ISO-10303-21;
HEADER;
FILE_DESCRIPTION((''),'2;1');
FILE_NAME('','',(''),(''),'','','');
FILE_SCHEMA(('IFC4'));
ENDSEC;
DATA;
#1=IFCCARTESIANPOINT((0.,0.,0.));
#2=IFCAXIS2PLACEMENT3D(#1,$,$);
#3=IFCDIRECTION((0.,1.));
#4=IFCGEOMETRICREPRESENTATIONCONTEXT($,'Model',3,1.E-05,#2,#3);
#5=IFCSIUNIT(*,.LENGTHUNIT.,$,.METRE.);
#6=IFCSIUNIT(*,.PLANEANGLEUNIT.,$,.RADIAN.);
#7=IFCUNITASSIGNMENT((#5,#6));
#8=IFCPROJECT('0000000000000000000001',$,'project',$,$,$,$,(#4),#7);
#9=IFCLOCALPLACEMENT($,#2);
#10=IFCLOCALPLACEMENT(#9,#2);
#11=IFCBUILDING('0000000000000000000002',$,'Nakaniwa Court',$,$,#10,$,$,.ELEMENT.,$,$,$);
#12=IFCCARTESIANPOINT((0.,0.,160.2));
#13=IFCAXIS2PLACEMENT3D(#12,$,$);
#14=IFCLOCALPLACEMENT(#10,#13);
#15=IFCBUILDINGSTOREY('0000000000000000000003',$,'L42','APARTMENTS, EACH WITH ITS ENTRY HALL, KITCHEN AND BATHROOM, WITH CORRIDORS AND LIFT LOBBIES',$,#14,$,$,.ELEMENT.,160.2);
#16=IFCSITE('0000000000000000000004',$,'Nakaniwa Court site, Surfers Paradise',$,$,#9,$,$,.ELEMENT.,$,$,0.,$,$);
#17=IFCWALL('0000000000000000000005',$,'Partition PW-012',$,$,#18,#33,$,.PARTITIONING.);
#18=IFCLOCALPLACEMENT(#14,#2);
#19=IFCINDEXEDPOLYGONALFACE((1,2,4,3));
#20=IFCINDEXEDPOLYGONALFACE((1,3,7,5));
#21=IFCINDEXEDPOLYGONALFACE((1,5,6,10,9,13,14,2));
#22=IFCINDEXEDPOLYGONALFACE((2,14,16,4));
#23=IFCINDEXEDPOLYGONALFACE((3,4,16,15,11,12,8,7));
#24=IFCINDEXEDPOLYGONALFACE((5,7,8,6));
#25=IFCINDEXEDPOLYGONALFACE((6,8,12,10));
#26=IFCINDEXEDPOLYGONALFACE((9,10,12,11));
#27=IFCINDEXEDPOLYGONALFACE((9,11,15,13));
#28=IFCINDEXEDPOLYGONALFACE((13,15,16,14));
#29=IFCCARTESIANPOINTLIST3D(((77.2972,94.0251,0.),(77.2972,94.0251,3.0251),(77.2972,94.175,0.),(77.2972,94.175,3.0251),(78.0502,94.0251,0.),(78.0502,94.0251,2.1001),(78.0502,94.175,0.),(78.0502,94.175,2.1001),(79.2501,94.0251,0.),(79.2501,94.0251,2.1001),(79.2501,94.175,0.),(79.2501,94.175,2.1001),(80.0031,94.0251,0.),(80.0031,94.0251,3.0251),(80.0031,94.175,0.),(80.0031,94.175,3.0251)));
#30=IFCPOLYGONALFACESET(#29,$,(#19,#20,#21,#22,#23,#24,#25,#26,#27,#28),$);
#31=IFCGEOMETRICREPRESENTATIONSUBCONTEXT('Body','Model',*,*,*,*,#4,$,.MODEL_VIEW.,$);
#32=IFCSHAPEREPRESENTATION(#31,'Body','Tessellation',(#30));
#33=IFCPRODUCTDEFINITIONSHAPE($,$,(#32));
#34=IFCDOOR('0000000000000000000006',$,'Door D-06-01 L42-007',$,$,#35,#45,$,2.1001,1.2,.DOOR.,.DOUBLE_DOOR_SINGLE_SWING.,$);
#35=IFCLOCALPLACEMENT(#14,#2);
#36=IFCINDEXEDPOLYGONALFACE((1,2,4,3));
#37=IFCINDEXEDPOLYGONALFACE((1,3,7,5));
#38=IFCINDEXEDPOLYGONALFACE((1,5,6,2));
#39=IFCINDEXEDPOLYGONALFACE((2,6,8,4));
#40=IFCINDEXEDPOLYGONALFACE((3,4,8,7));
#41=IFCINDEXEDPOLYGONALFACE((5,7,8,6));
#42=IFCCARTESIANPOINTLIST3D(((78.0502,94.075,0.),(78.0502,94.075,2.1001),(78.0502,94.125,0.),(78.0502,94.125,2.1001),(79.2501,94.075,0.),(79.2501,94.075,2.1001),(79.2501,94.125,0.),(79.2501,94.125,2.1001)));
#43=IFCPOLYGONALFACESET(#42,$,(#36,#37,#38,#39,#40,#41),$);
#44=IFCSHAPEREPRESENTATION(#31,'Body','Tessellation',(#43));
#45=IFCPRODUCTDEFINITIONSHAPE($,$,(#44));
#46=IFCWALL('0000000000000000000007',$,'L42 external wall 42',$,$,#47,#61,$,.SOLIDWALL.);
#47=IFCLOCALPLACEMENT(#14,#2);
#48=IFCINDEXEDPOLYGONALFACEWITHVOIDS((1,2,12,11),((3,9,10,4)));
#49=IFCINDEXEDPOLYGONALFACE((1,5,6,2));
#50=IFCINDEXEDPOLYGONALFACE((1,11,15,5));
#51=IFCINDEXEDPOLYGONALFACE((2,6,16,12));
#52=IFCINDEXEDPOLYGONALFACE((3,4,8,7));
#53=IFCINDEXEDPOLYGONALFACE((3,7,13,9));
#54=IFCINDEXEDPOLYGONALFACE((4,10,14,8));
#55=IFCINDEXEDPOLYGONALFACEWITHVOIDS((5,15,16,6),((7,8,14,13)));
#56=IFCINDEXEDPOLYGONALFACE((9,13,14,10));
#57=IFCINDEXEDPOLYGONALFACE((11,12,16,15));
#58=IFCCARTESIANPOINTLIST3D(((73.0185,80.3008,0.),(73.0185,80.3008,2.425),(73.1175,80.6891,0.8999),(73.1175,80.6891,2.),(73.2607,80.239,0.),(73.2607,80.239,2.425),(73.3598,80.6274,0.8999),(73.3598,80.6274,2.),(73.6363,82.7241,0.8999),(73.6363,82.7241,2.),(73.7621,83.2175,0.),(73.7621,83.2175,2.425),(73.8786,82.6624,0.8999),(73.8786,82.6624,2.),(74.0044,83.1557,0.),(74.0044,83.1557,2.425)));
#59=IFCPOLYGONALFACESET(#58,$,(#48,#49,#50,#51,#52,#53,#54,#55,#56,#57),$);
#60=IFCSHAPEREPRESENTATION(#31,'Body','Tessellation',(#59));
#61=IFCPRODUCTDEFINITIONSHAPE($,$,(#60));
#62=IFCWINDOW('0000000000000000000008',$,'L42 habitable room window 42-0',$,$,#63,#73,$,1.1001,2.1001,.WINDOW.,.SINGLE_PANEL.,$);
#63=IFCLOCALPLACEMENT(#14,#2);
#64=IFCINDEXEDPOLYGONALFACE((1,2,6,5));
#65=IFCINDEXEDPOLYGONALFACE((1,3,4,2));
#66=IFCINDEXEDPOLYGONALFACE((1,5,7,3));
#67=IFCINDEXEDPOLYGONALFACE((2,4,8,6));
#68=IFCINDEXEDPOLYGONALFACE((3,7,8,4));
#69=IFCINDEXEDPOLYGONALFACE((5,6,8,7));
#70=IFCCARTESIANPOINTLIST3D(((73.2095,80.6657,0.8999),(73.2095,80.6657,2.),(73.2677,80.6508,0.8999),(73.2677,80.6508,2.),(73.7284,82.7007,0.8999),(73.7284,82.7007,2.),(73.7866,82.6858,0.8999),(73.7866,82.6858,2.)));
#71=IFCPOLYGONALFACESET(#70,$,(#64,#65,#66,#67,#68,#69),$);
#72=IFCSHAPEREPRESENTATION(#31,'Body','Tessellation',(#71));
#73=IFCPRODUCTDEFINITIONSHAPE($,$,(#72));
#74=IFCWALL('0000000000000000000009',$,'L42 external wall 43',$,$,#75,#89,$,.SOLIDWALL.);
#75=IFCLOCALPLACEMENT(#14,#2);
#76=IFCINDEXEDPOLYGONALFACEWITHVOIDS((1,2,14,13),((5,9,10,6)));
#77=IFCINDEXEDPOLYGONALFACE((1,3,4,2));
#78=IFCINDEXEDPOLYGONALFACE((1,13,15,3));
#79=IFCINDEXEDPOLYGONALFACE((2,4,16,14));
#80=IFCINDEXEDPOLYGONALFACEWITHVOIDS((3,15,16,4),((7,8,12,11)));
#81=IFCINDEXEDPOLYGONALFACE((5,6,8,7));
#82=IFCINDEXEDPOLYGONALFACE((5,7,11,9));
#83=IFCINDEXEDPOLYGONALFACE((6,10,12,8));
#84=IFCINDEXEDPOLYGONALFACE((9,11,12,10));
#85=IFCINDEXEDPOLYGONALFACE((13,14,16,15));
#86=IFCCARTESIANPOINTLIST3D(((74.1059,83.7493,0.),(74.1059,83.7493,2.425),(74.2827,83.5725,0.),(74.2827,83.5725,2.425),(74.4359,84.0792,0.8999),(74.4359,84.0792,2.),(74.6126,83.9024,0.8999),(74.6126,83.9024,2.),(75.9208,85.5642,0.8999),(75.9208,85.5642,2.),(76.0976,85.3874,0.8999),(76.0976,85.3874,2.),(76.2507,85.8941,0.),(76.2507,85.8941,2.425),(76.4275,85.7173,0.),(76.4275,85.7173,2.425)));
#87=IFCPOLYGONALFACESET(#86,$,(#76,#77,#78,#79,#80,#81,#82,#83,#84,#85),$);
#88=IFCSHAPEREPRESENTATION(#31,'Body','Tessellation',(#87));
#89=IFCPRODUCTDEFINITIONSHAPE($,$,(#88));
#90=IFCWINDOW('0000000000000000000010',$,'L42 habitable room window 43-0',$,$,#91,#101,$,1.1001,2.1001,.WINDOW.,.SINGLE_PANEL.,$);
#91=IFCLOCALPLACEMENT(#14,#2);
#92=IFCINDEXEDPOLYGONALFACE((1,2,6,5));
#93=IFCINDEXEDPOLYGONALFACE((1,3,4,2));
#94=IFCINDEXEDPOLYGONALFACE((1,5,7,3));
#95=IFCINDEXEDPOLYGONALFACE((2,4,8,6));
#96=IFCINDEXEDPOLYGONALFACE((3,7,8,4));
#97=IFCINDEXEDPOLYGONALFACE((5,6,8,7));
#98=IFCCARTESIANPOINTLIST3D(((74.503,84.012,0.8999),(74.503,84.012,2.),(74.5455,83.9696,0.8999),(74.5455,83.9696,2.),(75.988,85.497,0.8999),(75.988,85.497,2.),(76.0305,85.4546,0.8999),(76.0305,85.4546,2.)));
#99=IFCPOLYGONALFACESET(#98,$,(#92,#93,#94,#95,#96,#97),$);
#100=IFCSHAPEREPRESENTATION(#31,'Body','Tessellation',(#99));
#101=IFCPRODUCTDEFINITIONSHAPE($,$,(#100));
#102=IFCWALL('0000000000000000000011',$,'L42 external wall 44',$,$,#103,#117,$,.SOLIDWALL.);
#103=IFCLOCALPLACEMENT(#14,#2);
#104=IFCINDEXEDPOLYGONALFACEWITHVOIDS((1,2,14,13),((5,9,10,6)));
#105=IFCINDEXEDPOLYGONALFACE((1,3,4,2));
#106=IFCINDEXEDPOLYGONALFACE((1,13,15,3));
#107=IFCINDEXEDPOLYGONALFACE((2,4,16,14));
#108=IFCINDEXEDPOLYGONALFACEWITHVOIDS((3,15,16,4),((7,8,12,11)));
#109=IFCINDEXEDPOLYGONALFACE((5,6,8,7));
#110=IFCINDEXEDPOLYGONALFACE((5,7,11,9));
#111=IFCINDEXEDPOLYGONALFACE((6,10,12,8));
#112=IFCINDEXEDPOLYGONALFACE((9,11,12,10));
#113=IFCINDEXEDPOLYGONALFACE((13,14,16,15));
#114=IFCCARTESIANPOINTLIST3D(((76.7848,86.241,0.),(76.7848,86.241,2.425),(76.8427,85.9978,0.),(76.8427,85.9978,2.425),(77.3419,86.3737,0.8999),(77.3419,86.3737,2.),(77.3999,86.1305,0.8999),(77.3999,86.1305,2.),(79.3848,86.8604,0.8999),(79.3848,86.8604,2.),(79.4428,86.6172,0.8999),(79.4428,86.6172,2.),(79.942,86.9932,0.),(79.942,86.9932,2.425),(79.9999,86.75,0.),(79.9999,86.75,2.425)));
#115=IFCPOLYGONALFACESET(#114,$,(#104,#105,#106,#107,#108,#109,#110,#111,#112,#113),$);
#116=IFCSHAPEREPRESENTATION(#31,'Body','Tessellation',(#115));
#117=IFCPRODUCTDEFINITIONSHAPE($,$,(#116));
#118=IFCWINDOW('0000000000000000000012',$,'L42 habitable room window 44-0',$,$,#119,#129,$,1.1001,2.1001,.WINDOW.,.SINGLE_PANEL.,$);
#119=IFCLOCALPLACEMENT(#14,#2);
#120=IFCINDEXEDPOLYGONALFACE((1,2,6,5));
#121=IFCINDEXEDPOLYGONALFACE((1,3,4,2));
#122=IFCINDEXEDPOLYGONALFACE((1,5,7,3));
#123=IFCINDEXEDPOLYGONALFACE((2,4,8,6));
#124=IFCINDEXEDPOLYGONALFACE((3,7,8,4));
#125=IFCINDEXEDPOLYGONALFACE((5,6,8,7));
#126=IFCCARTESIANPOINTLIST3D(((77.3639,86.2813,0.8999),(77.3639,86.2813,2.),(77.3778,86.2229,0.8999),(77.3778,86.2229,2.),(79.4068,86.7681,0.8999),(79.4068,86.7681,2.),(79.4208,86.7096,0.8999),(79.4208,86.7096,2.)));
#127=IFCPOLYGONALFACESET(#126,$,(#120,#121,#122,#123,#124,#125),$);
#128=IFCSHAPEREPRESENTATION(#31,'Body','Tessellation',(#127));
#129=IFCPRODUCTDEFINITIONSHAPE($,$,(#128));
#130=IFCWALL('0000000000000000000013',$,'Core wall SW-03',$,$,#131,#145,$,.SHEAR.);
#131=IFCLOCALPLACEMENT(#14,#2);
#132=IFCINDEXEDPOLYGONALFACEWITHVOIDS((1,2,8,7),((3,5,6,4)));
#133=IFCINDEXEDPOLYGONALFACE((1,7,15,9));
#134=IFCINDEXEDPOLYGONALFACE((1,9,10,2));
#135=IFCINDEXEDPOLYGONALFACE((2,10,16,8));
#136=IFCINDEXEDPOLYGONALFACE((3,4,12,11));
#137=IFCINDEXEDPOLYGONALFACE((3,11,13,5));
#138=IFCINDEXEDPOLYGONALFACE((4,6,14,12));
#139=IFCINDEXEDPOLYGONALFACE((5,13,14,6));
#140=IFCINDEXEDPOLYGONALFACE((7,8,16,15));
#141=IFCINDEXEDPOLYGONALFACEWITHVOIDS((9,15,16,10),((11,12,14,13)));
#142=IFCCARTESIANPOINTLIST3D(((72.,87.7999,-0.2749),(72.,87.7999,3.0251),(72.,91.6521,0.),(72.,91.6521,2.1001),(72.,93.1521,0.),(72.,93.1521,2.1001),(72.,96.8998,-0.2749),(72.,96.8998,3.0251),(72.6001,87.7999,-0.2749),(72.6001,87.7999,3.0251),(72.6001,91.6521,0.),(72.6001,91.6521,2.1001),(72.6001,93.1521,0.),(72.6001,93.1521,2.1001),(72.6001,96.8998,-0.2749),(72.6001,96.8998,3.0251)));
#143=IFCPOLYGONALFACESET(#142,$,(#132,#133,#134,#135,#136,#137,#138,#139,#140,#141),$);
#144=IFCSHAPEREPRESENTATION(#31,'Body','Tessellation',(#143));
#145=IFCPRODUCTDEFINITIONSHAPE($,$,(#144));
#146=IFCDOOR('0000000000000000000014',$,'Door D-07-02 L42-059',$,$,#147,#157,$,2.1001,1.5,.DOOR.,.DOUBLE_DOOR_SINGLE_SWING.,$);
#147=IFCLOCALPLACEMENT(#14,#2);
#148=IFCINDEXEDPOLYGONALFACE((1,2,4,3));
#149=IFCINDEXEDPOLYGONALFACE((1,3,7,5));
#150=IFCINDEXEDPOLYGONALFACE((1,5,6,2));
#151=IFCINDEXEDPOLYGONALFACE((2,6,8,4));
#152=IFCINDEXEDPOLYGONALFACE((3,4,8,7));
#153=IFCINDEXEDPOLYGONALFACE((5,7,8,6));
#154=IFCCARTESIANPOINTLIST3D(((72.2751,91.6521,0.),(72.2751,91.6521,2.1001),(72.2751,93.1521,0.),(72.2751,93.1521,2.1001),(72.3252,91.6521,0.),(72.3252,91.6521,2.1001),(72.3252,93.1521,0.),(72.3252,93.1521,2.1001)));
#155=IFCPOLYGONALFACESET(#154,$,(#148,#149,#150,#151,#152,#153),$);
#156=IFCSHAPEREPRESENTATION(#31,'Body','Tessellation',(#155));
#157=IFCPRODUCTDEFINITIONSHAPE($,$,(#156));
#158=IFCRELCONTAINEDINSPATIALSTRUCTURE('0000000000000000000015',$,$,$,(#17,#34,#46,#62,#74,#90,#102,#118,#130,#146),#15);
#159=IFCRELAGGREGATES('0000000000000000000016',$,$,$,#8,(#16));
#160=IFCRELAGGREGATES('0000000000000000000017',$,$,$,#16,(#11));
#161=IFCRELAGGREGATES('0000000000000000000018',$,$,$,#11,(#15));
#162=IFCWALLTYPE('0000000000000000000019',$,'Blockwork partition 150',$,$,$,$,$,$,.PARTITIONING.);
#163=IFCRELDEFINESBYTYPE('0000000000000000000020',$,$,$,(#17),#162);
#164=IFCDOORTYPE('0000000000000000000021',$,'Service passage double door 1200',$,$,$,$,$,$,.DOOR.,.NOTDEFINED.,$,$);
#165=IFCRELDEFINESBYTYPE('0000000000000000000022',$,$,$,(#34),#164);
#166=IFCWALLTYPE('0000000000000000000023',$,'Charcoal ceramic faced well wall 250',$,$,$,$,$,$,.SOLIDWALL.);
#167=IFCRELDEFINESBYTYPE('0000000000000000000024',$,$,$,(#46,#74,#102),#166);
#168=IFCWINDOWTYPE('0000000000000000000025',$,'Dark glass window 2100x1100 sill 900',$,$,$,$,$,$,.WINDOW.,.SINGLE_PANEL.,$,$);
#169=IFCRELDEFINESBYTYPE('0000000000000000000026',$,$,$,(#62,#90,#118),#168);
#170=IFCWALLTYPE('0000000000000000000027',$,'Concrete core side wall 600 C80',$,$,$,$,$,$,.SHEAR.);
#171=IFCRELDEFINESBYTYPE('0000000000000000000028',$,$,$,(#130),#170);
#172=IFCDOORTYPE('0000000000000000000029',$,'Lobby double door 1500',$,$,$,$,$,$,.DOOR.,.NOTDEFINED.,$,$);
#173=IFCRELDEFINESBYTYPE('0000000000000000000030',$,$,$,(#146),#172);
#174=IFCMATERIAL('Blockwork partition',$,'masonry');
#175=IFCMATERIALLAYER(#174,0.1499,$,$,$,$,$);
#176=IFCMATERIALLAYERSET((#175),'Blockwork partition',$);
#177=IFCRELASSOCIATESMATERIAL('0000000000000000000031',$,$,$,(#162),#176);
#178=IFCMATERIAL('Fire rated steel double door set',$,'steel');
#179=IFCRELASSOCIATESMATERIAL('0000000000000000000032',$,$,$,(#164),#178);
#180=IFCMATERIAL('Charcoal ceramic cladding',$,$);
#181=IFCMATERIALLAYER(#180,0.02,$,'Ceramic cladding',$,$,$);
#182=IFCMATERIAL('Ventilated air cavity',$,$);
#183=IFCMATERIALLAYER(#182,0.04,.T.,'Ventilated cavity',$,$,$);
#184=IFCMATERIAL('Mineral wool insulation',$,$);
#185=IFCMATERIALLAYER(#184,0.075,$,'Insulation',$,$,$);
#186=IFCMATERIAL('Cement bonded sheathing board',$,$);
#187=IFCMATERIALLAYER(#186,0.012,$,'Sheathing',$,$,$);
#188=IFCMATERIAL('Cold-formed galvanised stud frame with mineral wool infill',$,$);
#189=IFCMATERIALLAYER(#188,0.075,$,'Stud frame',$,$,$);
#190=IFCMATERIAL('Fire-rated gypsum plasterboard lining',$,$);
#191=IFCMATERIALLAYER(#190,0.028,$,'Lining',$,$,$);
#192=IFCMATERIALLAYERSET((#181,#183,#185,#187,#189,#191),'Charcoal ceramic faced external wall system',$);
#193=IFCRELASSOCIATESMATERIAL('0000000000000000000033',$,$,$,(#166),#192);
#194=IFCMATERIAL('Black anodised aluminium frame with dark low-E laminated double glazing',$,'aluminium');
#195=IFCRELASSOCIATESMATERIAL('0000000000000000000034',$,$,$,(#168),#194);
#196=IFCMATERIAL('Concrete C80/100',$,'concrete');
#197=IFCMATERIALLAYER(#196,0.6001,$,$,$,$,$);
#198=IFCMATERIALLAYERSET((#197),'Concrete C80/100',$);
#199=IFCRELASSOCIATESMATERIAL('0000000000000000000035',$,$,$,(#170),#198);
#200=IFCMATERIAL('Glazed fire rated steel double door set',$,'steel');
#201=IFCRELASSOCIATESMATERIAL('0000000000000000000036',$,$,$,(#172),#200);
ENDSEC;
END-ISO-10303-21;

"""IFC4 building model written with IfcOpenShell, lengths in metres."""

from ifc_helpers import new_model, si_unit, direction, frame, frame_2d, origin, place, context, subcontext, project, spatial, rectangle, extrude, material, layer, layer_set, type_object, element, fill, save


model = new_model("IFC4")

# Units and contexts
model_context = context("Model", 3, precision=1e-05, world=origin(), true_north=direction((0.0, 1.0)))
body_context = subcontext(model_context, "Body", "Model", "MODEL_VIEW")
ifc_project = project(units=[si_unit("LENGTHUNIT", "METRE"), si_unit("PLANEANGLEUNIT", "RADIAN")], contexts=[model_context])

# Site, building, storey
site_placement = place(None, origin())
site = spatial("IfcSite", under=ifc_project, at=site_placement, Name="Nakaniwa Court site, Surfers Paradise", CompositionType="ELEMENT", RefElevation=0.0)
building_placement = place(site_placement, origin())
building = spatial("IfcBuilding", under=site, at=building_placement, Name="Nakaniwa Court", CompositionType="ELEMENT")
storey_placement = place(building_placement, frame((0.0, 0.0, 160.2)))
storey = spatial("IfcBuildingStorey", under=building, at=storey_placement, Name="L42", Description="APARTMENTS, EACH WITH ITS ENTRY HALL, KITCHEN AND BATHROOM, WITH CORRIDORS AND LIFT LOBBIES", CompositionType="ELEMENT", Elevation=160.2)

# Shared definitions
ifc_material_1 = material(Name="Concrete C80/100", Category="concrete")

# Shared definitions
ifc_material_2 = material(Name="Blockwork partition", Category="masonry")
ifc_layer_1 = layer(ifc_material_2, 0.1499)
ifc_layer_set_1 = layer_set([ifc_layer_1], Name="Blockwork partition")
wall_type_1 = type_object("IfcWallType", Name="Blockwork partition 150", PredefinedType="PARTITIONING", material=ifc_layer_set_1)

# Wall, opening, door
wall_1_placement = place(storey_placement, frame((77.2971, 94.1001, 0.0), z_axis=(0.0, 0.0, 1.0), x_axis=(1.0, 0.0, 0.0)))
wall_1 = element("IfcWall", 1, at=wall_1_placement, inside=storey, type_object=wall_type_1, Name="Partition PW-012", PredefinedType="PARTITIONING", context=body_context, shape_type="SweptSolid", body=[
    extrude(rectangle(XDim=2.7058, YDim=0.1499, at=frame_2d((1.353, 0.0))), origin(), (0.0, 0.0, 1.0), 3.0251),
])
opening_1_placement = place(wall_1_placement, frame((0.7529, 0.0, 0.0)))
opening_1 = element("IfcOpeningElement", 2, at=opening_1_placement, cuts=wall_1, PredefinedType="OPENING", context=body_context, shape_type="SweptSolid", body=[
    extrude(rectangle(XDim=1.2, YDim=2.1001, at=frame_2d((0.6001, 1.05))), frame((0.0, 0.085, 0.0), z_axis=(0.0, -1.0, 0.0), x_axis=(1.0, 0.0, 0.0)), (0.0, 0.0, 1.0), 0.1699),
])
ifc_material_3 = material(Name="Fire rated steel double door set", Category="steel")
door_type_1 = type_object("IfcDoorType", Name="Service passage double door 1200", OperationType="NOTDEFINED", PredefinedType="DOOR", material=ifc_material_3)
door_1_placement = place(opening_1_placement, origin())
door_1 = element("IfcDoor", 3, at=door_1_placement, inside=storey, type_object=door_type_1, Name="Door D-06-01 L42-007", OperationType="DOUBLE_DOOR_SINGLE_SWING", OverallHeight=2.1001, OverallWidth=1.2, PredefinedType="DOOR", context=body_context, shape_type="SweptSolid", body=[
    extrude(rectangle(XDim=1.2, YDim=2.1001, at=frame_2d((0.6001, 1.05))), frame((0.0, 0.0249, 0.0), z_axis=(0.0, -1.0, 0.0), x_axis=(1.0, 0.0, 0.0)), (0.0, 0.0, 1.0), 0.05),
])
fill(opening_1, door_1)

# Walls, openings, windows
ifc_material_4 = material(Name="Charcoal ceramic cladding")
ifc_layer_2 = layer(ifc_material_4, 0.02, Name="Ceramic cladding")
ifc_material_5 = material(Name="Ventilated air cavity")
ifc_layer_3 = layer(ifc_material_5, 0.04, ventilated=True, Name="Ventilated cavity")
ifc_material_6 = material(Name="Mineral wool insulation")
ifc_layer_4 = layer(ifc_material_6, 0.075, Name="Insulation")
ifc_material_7 = material(Name="Cement bonded sheathing board")
ifc_layer_5 = layer(ifc_material_7, 0.012, Name="Sheathing")
ifc_material_8 = material(Name="Cold-formed galvanised stud frame with mineral wool infill")
ifc_layer_6 = layer(ifc_material_8, 0.075, Name="Stud frame")
ifc_material_9 = material(Name="Fire-rated gypsum plasterboard lining")
ifc_layer_7 = layer(ifc_material_9, 0.028, Name="Lining")
ifc_layer_set_2 = layer_set([ifc_layer_2, ifc_layer_3, ifc_layer_4, ifc_layer_5, ifc_layer_6, ifc_layer_7], Name="Charcoal ceramic faced external wall system")
wall_type_2 = type_object("IfcWallType", Name="Charcoal ceramic faced well wall 250", PredefinedType="SOLIDWALL", material=ifc_layer_set_2)
wall_2_placement = place(storey_placement, frame((73.1396, 80.27, 0.0), z_axis=(0.0, 0.0, 1.0), x_axis=(0.247056, 0.969001, 0.0)))
wall_2 = element("IfcWall", 4, at=wall_2_placement, inside=storey, type_object=wall_type_2, Name="L42 external wall 42", PredefinedType="SOLIDWALL", context=body_context, shape_type="SweptSolid", body=[
    extrude(rectangle(XDim=3.01, YDim=0.25, at=frame_2d((1.5049, 0.0))), origin(), (0.0, 0.0, 1.0), 2.425),
])
opening_2_placement = place(wall_2_placement, frame((0.4006, 0.0, 0.8999)))
opening_2 = element("IfcOpeningElement", 5, at=opening_2_placement, cuts=wall_2, PredefinedType="OPENING", context=body_context, shape_type="SweptSolid", body=[
    extrude(rectangle(XDim=2.1001, YDim=1.1001, at=frame_2d((1.05, 0.55))), frame((0.0, 0.135, 0.0), z_axis=(0.0, -1.0, 0.0), x_axis=(1.0, 0.0, 0.0)), (0.0, 0.0, 1.0), 0.27),
])
ifc_material_10 = material(Name="Black anodised aluminium frame with dark low-E laminated double glazing", Category="aluminium")
window_type = type_object("IfcWindowType", Name="Dark glass window 2100x1100 sill 900", PartitioningType="SINGLE_PANEL", PredefinedType="WINDOW", material=ifc_material_10)
window_1_placement = place(opening_2_placement, origin())
window_1 = element("IfcWindow", 6, at=window_1_placement, inside=storey, type_object=window_type, Name="L42 habitable room window 42-0", OverallHeight=1.1001, OverallWidth=2.1001, PartitioningType="SINGLE_PANEL", PredefinedType="WINDOW", context=body_context, shape_type="SweptSolid", body=[
    extrude(rectangle(XDim=2.1001, YDim=1.1001, at=frame_2d((1.05, 0.55))), frame((0.0, 0.03, 0.0), z_axis=(0.0, -1.0, 0.0), x_axis=(1.0, 0.0, 0.0)), (0.0, 0.0, 1.0), 0.0601),
])
fill(opening_2, window_1)
wall_3_placement = place(storey_placement, frame((74.1943, 83.6609, 0.0), z_axis=(0.0, 0.0, 1.0), x_axis=(0.707107, 0.707107, 0.0)))
wall_3 = element("IfcWall", 7, at=wall_3_placement, inside=storey, type_object=wall_type_2, Name="L42 external wall 43", PredefinedType="SOLIDWALL", context=body_context, shape_type="SweptSolid", body=[
    extrude(rectangle(XDim=3.0332, YDim=0.25, at=frame_2d((1.5166, 0.0))), origin(), (0.0, 0.0, 1.0), 2.425),
])
opening_3_placement = place(wall_3_placement, frame((0.4666, 0.0, 0.8999)))
opening_3 = element("IfcOpeningElement", 8, at=opening_3_placement, cuts=wall_3, PredefinedType="OPENING", context=body_context, shape_type="SweptSolid", body=[
    extrude(rectangle(XDim=2.1001, YDim=1.1001, at=frame_2d((1.05, 0.55))), frame((0.0, 0.135, 0.0), z_axis=(0.0, -1.0, 0.0), x_axis=(1.0, 0.0, 0.0)), (0.0, 0.0, 1.0), 0.27),
])
window_2_placement = place(opening_3_placement, origin())
window_2 = element("IfcWindow", 9, at=window_2_placement, inside=storey, type_object=window_type, Name="L42 habitable room window 43-0", OverallHeight=1.1001, OverallWidth=2.1001, PartitioningType="SINGLE_PANEL", PredefinedType="WINDOW", context=body_context, shape_type="SweptSolid", body=[
    extrude(rectangle(XDim=2.1001, YDim=1.1001, at=frame_2d((1.05, 0.55))), frame((0.0, 0.03, 0.0), z_axis=(0.0, -1.0, 0.0), x_axis=(1.0, 0.0, 0.0)), (0.0, 0.0, 1.0), 0.0601),
])
fill(opening_3, window_2)
wall_4_placement = place(storey_placement, frame((76.8137, 86.1194, 0.0), z_axis=(0.0, 0.0, 1.0), x_axis=(0.972773, 0.23176, 0.0)))
wall_4 = element("IfcWall", 10, at=wall_4_placement, inside=storey, type_object=wall_type_2, Name="L42 external wall 44", PredefinedType="SOLIDWALL", context=body_context, shape_type="SweptSolid", body=[
    extrude(rectangle(XDim=3.2456, YDim=0.25, at=frame_2d((1.6228, 0.0))), origin(), (0.0, 0.0, 1.0), 2.425),
])
opening_4_placement = place(wall_4_placement, frame((0.5728, 0.0, 0.8999)))
opening_4 = element("IfcOpeningElement", 11, at=opening_4_placement, cuts=wall_4, PredefinedType="OPENING", context=body_context, shape_type="SweptSolid", body=[
    extrude(rectangle(XDim=2.1001, YDim=1.1001, at=frame_2d((1.05, 0.55))), frame((0.0, 0.135, 0.0), z_axis=(0.0, -1.0, 0.0), x_axis=(1.0, 0.0, 0.0)), (0.0, 0.0, 1.0), 0.27),
])
window_3_placement = place(opening_4_placement, origin())
window_3 = element("IfcWindow", 12, at=window_3_placement, inside=storey, type_object=window_type, Name="L42 habitable room window 44-0", OverallHeight=1.1001, OverallWidth=2.1001, PartitioningType="SINGLE_PANEL", PredefinedType="WINDOW", context=body_context, shape_type="SweptSolid", body=[
    extrude(rectangle(XDim=2.1001, YDim=1.1001, at=frame_2d((1.05, 0.55))), frame((0.0, 0.03, 0.0), z_axis=(0.0, -1.0, 0.0), x_axis=(1.0, 0.0, 0.0)), (0.0, 0.0, 1.0), 0.0601),
])
fill(opening_4, window_3)

# Wall, opening, door
ifc_layer_8 = layer(ifc_material_1, 0.6001)
ifc_layer_set_3 = layer_set([ifc_layer_8], Name="Concrete C80/100")
wall_type_3 = type_object("IfcWallType", Name="Concrete core side wall 600 C80", PredefinedType="SHEAR", material=ifc_layer_set_3)
wall_5_placement = place(storey_placement, frame((72.3, 87.8, -0.2749), z_axis=(0.0, 0.0, 1.0), x_axis=(0.0, 1.0, 0.0)))
wall_5 = element("IfcWall", 13, at=wall_5_placement, inside=storey, type_object=wall_type_3, Name="Core wall SW-03", PredefinedType="SHEAR", context=body_context, shape_type="SweptSolid", body=[
    extrude(rectangle(XDim=9.0999, YDim=0.6001, at=frame_2d((4.5498, 0.0))), origin(), (0.0, 0.0, 1.0), 3.3),
])
opening_5_placement = place(wall_5_placement, frame((3.8521, 0.0, 0.2749)))
opening_5 = element("IfcOpeningElement", 14, at=opening_5_placement, cuts=wall_5, PredefinedType="OPENING", context=body_context, shape_type="SweptSolid", body=[
    extrude(rectangle(XDim=1.5, YDim=2.1001, at=frame_2d((0.75, 1.05))), frame((0.0, 0.3101, 0.0), z_axis=(0.0, -1.0, 0.0), x_axis=(1.0, 0.0, 0.0)), (0.0, 0.0, 1.0), 0.6201),
])
ifc_material_11 = material(Name="Glazed fire rated steel double door set", Category="steel")
door_type_2 = type_object("IfcDoorType", Name="Lobby double door 1500", OperationType="NOTDEFINED", PredefinedType="DOOR", material=ifc_material_11)
door_2_placement = place(opening_5_placement, origin())
door_2 = element("IfcDoor", 15, at=door_2_placement, inside=storey, type_object=door_type_2, Name="Door D-07-02 L42-059", OperationType="DOUBLE_DOOR_SINGLE_SWING", OverallHeight=2.1001, OverallWidth=1.5, PredefinedType="DOOR", context=body_context, shape_type="SweptSolid", body=[
    extrude(rectangle(XDim=1.5, YDim=2.1001, at=frame_2d((0.75, 1.05))), frame((0.0, 0.0249, 0.0), z_axis=(0.0, -1.0, 0.0), x_axis=(1.0, 0.0, 0.0)), (0.0, 0.0, 1.0), 0.05),
])
fill(opening_5, door_2)

save(model, "model.ifc")
